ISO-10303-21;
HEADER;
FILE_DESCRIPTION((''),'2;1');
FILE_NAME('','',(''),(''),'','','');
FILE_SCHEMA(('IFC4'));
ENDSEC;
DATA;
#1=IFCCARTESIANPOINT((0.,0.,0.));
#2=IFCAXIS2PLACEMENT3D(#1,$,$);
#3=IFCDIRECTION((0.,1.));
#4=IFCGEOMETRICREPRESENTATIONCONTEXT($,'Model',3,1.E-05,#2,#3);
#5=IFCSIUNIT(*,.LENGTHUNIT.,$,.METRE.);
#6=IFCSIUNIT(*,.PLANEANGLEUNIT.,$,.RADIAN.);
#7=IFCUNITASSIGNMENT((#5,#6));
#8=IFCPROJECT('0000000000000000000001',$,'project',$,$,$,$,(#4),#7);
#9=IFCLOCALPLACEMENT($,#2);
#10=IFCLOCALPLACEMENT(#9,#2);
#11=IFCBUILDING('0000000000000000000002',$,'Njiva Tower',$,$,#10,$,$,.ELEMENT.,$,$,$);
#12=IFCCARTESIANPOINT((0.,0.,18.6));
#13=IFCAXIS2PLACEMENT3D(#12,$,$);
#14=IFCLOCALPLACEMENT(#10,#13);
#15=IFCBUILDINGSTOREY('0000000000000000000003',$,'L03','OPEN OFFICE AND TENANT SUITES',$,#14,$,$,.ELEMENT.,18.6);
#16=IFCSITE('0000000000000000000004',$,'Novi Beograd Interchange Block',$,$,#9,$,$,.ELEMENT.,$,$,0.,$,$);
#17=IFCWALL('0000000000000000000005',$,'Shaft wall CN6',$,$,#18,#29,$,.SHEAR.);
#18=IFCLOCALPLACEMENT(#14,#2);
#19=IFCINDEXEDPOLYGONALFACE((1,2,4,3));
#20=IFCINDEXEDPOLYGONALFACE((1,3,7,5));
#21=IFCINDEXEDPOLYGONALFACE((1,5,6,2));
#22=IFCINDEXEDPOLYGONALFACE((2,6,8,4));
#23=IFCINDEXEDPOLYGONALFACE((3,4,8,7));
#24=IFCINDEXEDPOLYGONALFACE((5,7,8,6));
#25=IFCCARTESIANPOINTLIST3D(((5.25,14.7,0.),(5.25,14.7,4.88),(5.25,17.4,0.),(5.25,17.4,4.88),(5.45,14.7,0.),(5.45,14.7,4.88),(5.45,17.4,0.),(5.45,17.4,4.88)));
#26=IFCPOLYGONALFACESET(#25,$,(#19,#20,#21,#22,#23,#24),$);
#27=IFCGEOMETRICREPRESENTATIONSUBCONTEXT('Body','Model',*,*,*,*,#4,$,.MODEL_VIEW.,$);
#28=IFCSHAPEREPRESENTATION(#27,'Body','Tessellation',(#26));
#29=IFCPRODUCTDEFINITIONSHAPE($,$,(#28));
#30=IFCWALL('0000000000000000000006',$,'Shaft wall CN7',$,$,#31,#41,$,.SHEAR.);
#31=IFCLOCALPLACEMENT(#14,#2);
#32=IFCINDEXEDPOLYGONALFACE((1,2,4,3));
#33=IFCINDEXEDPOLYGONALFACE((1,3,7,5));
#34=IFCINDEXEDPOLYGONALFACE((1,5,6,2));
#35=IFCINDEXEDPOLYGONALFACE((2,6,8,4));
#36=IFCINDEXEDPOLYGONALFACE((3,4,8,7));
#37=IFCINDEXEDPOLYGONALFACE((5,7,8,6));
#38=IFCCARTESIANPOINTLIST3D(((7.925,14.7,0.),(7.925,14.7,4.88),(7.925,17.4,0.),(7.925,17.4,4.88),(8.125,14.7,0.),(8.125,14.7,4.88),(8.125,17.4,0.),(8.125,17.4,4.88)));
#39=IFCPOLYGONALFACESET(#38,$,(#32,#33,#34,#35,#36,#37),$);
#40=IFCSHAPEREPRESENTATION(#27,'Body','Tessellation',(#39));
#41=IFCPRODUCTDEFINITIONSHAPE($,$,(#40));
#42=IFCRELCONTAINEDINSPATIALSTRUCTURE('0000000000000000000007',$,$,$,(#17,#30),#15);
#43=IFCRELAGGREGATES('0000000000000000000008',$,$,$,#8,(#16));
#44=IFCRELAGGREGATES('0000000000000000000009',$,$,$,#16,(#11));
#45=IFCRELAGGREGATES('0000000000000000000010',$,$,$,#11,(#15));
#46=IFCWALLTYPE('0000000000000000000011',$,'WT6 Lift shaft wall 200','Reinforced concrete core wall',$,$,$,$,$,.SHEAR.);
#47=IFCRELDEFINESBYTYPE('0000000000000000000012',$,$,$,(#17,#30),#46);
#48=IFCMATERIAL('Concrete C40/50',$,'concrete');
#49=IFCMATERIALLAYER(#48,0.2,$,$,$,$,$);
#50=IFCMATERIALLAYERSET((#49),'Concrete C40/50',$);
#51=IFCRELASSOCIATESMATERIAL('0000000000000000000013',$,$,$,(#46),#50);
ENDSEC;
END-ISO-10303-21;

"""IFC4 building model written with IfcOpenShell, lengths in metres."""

from ifc_helpers import new_model, si_unit, direction, frame, frame_2d, origin, place, context, subcontext, project, spatial, rectangle, extrude, material, layer, layer_set, type_object, element, save


model = new_model("IFC4")

# Units and contexts
model_context = context("Model", 3, precision=1e-05, world=origin(), true_north=direction((0.0, 1.0)))
body_context = subcontext(model_context, "Body", "Model", "MODEL_VIEW")
ifc_project = project(units=[si_unit("LENGTHUNIT", "METRE"), si_unit("PLANEANGLEUNIT", "RADIAN")], contexts=[model_context])

# Site, building, storey
site_placement = place(None, origin())
site = spatial("IfcSite", under=ifc_project, at=site_placement, Name="Novi Beograd Interchange Block", CompositionType="ELEMENT", RefElevation=0.0)
building_placement = place(site_placement, origin())
building = spatial("IfcBuilding", under=site, at=building_placement, Name="Njiva Tower", CompositionType="ELEMENT")
storey_placement = place(building_placement, frame((0.0, 0.0, 18.6)))
storey = spatial("IfcBuildingStorey", under=building, at=storey_placement, Name="L03", Description="OPEN OFFICE AND TENANT SUITES", CompositionType="ELEMENT", Elevation=18.6)

# Walls
ifc_material_1 = material(Name="Concrete C40/50", Category="concrete")
ifc_layer_1 = layer(ifc_material_1, 0.2)
ifc_layer_set_1 = layer_set([ifc_layer_1], Name="Concrete C40/50")
wall_type_1 = type_object("IfcWallType", Name="WT6 Lift shaft wall 200", Description="Reinforced concrete core wall", PredefinedType="SHEAR", material=ifc_layer_set_1)
for number, where, z_axis, x_axis, name in (
    (1, (5.35, 14.7, 0.0), (0.0, 0.0, 1.0), (0.0, 1.0, 0.0), "Shaft wall CN6"),
    (2, (8.025, 14.7, 0.0), (0.0, 0.0, 1.0), (0.0, 1.0, 0.0), "Shaft wall CN7"),
):
    element("IfcWall", number, at=place(storey_placement, frame(where, z_axis=z_axis, x_axis=x_axis)), inside=storey, type_object=wall_type_1, Name=name, PredefinedType="SHEAR", context=body_context, shape_type="SweptSolid", body=[
        extrude(rectangle(XDim=2.7, YDim=0.2, at=frame_2d((1.35, 0.0))), origin(), (0.0, 0.0, 1.0), 4.88),
    ])

save(model, "model.ifc")
